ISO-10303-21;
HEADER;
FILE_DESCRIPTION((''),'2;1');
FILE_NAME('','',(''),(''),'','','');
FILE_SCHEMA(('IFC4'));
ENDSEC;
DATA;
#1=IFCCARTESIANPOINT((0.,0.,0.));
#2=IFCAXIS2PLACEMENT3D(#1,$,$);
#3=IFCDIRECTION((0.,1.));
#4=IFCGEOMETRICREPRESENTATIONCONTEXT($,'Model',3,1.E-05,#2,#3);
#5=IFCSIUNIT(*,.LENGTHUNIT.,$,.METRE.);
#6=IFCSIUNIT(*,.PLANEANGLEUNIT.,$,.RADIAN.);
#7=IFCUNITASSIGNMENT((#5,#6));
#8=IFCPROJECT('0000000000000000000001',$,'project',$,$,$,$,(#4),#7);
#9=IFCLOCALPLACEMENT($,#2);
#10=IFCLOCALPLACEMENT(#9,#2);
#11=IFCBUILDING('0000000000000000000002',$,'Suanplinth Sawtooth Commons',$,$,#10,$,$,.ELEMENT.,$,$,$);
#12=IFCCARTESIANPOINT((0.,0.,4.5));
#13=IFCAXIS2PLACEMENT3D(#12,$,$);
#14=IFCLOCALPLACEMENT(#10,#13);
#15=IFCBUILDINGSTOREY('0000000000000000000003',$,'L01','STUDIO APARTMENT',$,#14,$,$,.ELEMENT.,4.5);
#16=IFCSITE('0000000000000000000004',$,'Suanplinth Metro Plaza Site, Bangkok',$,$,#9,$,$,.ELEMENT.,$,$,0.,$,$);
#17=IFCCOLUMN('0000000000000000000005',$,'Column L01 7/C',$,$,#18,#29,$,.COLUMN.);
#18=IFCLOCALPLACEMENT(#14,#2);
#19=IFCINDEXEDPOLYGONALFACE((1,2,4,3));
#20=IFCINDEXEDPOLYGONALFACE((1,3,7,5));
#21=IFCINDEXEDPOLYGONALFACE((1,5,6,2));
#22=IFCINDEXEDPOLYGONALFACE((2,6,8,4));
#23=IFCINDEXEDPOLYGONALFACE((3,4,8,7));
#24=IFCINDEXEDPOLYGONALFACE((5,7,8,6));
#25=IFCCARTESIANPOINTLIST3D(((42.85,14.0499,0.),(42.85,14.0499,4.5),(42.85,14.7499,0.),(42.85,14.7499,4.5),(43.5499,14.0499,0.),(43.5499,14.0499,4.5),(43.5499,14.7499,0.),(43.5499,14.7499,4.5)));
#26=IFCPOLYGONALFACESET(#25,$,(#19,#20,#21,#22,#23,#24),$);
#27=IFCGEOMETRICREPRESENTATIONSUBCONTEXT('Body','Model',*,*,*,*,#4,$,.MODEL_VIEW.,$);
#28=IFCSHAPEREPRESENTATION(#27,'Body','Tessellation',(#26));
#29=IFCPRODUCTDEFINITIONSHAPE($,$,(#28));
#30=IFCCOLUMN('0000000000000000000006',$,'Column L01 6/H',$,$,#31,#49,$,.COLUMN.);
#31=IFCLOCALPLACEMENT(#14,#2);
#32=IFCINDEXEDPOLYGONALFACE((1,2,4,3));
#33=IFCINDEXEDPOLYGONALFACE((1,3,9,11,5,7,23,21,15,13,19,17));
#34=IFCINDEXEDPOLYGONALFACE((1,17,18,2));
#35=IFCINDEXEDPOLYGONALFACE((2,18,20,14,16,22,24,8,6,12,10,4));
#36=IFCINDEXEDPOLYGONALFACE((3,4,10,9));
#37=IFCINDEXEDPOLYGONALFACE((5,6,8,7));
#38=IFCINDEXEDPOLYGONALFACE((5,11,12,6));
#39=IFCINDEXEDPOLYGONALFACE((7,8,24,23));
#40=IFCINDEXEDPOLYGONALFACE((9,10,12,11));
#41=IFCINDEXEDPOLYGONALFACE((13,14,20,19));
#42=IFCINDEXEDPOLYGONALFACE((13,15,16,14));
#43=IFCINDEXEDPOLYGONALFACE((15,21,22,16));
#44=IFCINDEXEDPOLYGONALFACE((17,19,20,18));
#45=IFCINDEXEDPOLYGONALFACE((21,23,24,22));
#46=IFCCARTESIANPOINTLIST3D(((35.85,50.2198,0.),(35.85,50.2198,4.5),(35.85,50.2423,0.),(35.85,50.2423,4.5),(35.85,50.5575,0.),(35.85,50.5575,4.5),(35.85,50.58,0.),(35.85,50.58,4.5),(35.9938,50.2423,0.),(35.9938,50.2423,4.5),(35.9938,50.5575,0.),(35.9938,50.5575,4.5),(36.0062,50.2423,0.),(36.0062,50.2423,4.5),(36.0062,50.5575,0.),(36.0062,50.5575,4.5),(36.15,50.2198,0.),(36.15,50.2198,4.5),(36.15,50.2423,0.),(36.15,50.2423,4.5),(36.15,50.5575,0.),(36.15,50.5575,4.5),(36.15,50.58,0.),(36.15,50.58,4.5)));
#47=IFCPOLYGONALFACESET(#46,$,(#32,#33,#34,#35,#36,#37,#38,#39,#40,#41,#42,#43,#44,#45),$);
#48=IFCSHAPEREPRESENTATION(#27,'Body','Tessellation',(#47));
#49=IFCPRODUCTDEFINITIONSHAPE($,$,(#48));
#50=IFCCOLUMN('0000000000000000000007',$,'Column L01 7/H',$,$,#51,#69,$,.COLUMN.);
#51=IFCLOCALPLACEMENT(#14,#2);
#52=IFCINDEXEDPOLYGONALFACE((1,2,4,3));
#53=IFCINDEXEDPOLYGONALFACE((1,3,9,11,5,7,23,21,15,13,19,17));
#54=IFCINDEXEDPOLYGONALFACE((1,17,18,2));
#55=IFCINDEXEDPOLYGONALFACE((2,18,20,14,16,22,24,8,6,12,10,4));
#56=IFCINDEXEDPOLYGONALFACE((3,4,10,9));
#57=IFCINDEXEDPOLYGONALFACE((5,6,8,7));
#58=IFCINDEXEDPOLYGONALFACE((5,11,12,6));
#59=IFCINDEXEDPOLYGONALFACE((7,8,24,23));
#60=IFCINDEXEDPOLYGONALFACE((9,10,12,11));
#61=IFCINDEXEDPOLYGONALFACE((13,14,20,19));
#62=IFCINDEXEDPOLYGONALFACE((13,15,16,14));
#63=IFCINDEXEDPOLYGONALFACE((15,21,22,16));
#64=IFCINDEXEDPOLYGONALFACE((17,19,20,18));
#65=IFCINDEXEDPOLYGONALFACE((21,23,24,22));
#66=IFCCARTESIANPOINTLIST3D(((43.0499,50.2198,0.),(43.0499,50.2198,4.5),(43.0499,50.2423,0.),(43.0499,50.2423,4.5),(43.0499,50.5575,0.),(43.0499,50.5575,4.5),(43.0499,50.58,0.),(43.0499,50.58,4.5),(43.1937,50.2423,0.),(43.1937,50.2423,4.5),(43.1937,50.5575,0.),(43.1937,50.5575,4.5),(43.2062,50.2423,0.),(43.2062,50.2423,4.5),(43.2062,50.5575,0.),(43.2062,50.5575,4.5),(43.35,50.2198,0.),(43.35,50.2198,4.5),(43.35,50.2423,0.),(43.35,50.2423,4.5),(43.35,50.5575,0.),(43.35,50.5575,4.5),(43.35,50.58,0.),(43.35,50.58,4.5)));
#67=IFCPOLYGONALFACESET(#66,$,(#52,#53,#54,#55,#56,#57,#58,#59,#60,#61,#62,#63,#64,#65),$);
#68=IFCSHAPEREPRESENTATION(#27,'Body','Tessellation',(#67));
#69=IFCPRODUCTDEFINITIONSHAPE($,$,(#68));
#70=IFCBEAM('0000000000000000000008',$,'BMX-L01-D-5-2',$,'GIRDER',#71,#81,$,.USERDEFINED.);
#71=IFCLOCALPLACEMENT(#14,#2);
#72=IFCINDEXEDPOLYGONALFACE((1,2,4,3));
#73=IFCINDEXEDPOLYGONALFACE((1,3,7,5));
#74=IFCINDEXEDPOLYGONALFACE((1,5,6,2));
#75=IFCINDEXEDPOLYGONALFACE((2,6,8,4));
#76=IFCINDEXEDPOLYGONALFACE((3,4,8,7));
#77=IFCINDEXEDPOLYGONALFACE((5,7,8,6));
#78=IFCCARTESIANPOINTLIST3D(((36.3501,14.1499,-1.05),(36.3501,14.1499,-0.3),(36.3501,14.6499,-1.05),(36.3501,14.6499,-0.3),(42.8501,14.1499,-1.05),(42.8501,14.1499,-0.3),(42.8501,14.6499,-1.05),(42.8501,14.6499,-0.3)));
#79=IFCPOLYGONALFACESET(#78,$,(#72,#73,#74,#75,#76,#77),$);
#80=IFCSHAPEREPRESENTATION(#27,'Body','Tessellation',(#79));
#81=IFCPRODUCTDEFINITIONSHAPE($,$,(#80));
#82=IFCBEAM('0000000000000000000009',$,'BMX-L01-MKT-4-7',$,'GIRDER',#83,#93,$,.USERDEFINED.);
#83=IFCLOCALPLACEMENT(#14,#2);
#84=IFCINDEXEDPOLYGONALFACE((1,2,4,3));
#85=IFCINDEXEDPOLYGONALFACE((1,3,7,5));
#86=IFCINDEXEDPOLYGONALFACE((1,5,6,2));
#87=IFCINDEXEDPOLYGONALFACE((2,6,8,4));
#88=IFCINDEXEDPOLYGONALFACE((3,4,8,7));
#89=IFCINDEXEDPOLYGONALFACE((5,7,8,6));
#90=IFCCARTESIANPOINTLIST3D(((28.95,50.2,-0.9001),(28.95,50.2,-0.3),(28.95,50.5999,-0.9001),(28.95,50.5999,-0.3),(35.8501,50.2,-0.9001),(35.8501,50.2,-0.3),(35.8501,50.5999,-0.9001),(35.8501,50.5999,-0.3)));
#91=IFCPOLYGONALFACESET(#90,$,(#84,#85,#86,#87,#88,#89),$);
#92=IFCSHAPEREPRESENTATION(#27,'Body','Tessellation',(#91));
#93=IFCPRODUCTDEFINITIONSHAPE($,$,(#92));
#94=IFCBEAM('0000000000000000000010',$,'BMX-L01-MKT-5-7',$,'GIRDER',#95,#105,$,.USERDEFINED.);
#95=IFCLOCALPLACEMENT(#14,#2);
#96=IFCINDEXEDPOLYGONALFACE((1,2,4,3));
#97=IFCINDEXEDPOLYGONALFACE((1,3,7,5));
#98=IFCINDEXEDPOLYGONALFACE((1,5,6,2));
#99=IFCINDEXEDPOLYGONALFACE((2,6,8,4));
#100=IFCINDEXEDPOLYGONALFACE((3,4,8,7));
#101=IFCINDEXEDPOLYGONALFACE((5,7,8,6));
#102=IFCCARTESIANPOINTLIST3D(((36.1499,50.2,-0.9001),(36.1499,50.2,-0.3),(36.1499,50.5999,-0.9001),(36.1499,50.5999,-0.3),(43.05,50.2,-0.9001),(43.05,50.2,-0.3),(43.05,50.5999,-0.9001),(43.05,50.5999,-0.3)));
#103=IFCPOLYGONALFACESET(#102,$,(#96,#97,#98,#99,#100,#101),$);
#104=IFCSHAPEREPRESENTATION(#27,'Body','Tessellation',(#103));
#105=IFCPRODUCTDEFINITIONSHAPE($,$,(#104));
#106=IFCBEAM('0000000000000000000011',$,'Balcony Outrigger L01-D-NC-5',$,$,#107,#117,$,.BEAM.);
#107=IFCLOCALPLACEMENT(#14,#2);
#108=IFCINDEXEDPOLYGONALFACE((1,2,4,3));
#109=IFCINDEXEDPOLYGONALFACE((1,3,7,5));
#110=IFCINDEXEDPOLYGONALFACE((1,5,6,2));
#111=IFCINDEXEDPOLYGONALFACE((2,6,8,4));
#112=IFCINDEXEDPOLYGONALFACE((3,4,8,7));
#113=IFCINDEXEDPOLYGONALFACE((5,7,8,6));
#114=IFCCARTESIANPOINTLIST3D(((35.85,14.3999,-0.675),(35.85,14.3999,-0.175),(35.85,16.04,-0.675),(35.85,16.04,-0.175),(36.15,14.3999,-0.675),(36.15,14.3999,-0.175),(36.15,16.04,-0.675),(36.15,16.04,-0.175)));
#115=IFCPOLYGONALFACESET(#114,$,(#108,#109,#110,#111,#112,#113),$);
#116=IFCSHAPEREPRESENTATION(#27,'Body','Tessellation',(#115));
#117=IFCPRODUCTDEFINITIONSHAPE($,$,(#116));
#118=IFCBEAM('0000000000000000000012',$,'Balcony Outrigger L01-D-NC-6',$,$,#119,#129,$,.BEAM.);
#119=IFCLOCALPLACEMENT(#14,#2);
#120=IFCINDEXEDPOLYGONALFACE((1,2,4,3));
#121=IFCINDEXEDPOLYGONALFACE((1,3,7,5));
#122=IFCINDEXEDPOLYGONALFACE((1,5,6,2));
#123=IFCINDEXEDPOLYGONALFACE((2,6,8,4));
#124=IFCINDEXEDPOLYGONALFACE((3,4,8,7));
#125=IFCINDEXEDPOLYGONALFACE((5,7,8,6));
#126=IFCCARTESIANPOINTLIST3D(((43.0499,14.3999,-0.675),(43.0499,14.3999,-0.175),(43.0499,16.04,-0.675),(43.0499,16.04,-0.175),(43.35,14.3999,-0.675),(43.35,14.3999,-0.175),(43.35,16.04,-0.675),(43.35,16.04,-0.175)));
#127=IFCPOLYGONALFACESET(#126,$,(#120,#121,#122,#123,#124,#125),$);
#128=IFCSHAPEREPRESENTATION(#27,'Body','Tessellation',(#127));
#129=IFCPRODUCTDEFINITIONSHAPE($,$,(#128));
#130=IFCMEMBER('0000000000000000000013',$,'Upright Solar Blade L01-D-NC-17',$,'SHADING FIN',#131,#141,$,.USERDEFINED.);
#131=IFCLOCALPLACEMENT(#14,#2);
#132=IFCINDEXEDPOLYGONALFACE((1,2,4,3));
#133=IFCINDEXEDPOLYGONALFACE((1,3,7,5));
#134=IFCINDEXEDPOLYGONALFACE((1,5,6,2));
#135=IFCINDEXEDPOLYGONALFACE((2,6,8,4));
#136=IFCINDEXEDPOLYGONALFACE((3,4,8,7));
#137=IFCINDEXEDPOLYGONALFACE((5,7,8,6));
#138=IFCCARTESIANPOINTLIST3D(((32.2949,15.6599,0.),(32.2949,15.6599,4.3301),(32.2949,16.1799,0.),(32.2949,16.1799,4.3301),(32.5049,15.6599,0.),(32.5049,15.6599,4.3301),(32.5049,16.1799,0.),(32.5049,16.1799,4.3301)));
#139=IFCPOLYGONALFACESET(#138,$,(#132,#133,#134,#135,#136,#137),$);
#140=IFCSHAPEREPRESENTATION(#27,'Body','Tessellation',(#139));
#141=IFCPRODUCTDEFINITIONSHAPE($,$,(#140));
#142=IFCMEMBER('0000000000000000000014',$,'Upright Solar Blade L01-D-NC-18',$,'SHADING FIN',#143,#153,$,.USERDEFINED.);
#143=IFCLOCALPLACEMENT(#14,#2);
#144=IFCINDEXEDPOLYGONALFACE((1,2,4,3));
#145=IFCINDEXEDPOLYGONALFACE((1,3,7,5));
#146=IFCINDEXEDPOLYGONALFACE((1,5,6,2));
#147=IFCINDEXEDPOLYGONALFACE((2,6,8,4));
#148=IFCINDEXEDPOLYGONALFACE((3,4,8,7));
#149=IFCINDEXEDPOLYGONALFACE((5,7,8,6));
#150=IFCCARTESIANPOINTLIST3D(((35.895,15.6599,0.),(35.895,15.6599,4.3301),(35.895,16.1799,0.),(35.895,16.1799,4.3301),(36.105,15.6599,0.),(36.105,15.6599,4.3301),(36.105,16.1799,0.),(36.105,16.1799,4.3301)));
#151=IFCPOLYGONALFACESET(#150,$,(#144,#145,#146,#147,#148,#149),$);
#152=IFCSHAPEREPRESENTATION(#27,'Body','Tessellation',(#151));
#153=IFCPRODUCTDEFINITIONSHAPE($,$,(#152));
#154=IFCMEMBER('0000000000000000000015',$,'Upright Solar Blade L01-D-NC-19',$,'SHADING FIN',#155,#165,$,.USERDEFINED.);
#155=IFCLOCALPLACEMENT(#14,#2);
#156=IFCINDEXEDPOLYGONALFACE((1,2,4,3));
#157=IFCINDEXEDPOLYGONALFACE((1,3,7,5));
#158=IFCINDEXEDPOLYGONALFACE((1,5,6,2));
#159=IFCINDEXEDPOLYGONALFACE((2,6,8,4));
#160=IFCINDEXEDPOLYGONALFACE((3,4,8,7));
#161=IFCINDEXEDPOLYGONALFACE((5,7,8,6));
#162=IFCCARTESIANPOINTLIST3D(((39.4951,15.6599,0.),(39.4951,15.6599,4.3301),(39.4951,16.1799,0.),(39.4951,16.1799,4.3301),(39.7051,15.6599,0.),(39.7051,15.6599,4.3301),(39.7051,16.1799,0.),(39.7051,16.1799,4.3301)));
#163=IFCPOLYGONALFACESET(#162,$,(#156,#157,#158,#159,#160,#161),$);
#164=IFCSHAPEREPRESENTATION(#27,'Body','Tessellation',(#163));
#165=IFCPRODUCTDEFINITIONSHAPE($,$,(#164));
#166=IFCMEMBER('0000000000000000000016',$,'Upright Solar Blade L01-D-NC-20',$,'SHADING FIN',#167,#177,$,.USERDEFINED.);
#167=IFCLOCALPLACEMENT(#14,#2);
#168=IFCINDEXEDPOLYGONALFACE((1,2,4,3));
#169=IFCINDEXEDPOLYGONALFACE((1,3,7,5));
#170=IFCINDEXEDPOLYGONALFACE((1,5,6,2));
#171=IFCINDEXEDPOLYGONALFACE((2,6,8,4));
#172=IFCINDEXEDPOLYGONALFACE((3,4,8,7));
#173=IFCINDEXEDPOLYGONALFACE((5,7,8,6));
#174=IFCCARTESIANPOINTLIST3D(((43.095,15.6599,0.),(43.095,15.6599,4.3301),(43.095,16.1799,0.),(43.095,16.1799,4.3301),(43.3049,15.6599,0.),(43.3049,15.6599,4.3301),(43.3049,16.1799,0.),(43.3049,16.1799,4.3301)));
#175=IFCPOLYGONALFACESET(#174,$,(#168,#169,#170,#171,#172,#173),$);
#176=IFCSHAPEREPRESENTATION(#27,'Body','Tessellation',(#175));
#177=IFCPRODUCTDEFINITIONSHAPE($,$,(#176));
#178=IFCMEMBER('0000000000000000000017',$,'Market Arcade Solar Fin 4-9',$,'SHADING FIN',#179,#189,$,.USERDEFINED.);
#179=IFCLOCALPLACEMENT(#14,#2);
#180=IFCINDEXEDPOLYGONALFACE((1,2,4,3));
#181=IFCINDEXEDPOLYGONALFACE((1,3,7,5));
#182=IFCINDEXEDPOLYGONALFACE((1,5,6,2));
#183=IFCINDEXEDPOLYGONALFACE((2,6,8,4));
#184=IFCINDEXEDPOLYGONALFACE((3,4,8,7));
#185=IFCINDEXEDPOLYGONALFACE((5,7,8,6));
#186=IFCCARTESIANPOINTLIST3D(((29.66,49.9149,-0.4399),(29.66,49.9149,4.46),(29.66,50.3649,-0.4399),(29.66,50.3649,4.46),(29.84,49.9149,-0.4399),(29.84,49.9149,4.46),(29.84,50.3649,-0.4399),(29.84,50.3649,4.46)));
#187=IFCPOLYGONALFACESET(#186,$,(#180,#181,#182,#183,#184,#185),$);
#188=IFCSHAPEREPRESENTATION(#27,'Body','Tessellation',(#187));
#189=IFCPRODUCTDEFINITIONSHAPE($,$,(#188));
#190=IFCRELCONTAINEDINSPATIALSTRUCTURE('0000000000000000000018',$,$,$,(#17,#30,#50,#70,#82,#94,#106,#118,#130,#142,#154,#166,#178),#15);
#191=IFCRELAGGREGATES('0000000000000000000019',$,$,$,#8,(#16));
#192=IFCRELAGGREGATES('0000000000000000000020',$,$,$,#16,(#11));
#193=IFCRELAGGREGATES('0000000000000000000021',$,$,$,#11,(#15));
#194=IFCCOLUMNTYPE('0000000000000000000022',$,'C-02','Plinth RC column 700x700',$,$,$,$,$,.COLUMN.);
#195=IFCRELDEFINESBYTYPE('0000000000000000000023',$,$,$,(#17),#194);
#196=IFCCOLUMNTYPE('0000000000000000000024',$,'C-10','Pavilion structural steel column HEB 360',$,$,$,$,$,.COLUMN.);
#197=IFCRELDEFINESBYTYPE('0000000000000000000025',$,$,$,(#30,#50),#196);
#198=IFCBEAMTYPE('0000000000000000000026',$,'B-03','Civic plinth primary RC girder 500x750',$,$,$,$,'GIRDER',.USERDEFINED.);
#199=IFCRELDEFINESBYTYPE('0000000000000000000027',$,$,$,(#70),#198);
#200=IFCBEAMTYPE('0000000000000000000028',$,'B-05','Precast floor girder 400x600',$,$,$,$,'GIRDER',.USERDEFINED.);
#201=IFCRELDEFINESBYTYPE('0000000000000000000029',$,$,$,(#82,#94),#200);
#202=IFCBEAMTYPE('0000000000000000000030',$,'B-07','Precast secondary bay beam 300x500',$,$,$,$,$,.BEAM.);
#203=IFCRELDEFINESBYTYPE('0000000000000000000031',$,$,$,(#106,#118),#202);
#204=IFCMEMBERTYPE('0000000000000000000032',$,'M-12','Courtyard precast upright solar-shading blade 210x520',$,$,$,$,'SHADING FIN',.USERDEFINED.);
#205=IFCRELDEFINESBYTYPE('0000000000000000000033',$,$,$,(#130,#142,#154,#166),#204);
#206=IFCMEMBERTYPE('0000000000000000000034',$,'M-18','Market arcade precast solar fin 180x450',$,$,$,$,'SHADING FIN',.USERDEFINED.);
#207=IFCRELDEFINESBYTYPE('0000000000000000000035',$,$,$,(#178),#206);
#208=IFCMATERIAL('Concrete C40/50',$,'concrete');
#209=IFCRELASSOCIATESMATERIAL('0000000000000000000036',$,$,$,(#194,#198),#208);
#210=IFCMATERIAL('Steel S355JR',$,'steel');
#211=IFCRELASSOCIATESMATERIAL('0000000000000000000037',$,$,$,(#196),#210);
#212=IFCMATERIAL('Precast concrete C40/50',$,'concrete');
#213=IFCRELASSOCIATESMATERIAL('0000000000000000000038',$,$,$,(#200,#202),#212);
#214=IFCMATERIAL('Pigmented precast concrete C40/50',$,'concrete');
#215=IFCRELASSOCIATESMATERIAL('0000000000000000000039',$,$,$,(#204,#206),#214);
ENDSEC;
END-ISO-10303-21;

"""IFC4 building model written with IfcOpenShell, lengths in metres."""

from ifc_helpers import new_model, si_unit, direction, frame, origin, origin_2d, place, context, subcontext, project, spatial, rectangle, i_section, extrude, material, material_profile, profile_set, type_object, element, save


model = new_model("IFC4")

# Units and contexts
model_context = context("Model", 3, precision=1e-05, world=origin(), true_north=direction((0.0, 1.0)))
body_context = subcontext(model_context, "Body", "Model", "MODEL_VIEW")
ifc_project = project(units=[si_unit("LENGTHUNIT", "METRE"), si_unit("PLANEANGLEUNIT", "RADIAN")], contexts=[model_context])

# Site, building, storey
site_placement = place(None, origin())
site = spatial("IfcSite", under=ifc_project, at=site_placement, Name="Suanplinth Metro Plaza Site, Bangkok", CompositionType="ELEMENT", RefElevation=0.0)
building_placement = place(site_placement, origin())
building = spatial("IfcBuilding", under=site, at=building_placement, Name="Suanplinth Sawtooth Commons", CompositionType="ELEMENT")
storey_placement = place(building_placement, frame((0.0, 0.0, 4.5)))
storey = spatial("IfcBuildingStorey", under=building, at=storey_placement, Name="L01", Description="STUDIO APARTMENT", CompositionType="ELEMENT", Elevation=4.5)

# Columns
ifc_material_1 = material(Name="Concrete C40/50", Category="concrete")
ifc_material_profile_1 = material_profile(ifc_material_1, rectangle(XDim=0.7, YDim=0.7, at=origin_2d()), Name="RC-COL 700x700")
ifc_profile_set_1 = profile_set([ifc_material_profile_1], Name="Concrete C40/50")
column_type_1 = type_object("IfcColumnType", Name="C-02", Description="Plinth RC column 700x700", PredefinedType="COLUMN", material=ifc_profile_set_1)
column_placement = place(storey_placement, frame((43.2, 14.3999, 0.0), z_axis=(0.0, 0.0, 1.0), x_axis=(1.0, 0.0, 0.0)))
element("IfcColumn", 1, at=column_placement, inside=storey, type_object=column_type_1, Name="Column L01 7/C", PredefinedType="COLUMN", context=body_context, shape_type="SweptSolid", body=[
    extrude(rectangle(XDim=0.7, YDim=0.7, at=origin_2d()), origin(), (0.0, 0.0, 1.0), 4.5),
])
ifc_material_2 = material(Name="Steel S355JR", Category="steel")
ifc_material_profile_2 = material_profile(ifc_material_2, i_section(OverallWidth=0.3, OverallDepth=0.3601, WebThickness=0.0125, FlangeThickness=0.0225, at=origin_2d()), Name="HEB 360")
ifc_profile_set_2 = profile_set([ifc_material_profile_2], Name="Steel S355JR")
column_type_2 = type_object("IfcColumnType", Name="C-10", Description="Pavilion structural steel column HEB 360", PredefinedType="COLUMN", material=ifc_profile_set_2)
for number, where, z_axis, x_axis, name in (
    (2, (36.0, 50.3999, 0.0), (0.0, 0.0, 1.0), (1.0, 0.0, 0.0), "Column L01 6/H"),
    (3, (43.2, 50.3999, 0.0), (0.0, 0.0, 1.0), (1.0, 0.0, 0.0), "Column L01 7/H"),
):
    element("IfcColumn", number, at=place(storey_placement, frame(where, z_axis=z_axis, x_axis=x_axis)), inside=storey, type_object=column_type_2, Name=name, PredefinedType="COLUMN", context=body_context, shape_type="SweptSolid", body=[
        extrude(i_section(OverallWidth=0.3, OverallDepth=0.3601, WebThickness=0.0125, FlangeThickness=0.0225, at=origin_2d()), origin(), (0.0, 0.0, 1.0), 4.5),
    ])

# Beams
ifc_material_profile_3 = material_profile(ifc_material_1, rectangle(XDim=0.5, YDim=0.75, at=origin_2d()), Name="RC-GDR 500x750")
ifc_profile_set_3 = profile_set([ifc_material_profile_3], Name="Concrete C40/50")
beam_type_1 = type_object("IfcBeamType", Name="B-03", Description="Civic plinth primary RC girder 500x750", ElementType="GIRDER", PredefinedType="USERDEFINED", material=ifc_profile_set_3)
beam_placement = place(storey_placement, frame((36.3501, 14.3999, -0.675), z_axis=(1.0, 0.0, 0.0), x_axis=(0.0, 1.0, 0.0)))
element("IfcBeam", 4, at=beam_placement, inside=storey, type_object=beam_type_1, Name="BMX-L01-D-5-2", ObjectType="GIRDER", PredefinedType="USERDEFINED", context=body_context, shape_type="SweptSolid", body=[
    extrude(rectangle(XDim=0.5, YDim=0.75, at=origin_2d()), origin(), (0.0, 0.0, 1.0), 6.5),
])
ifc_material_3 = material(Name="Precast concrete C40/50", Category="concrete")
ifc_material_profile_4 = material_profile(ifc_material_3, rectangle(XDim=0.3999, YDim=0.6001, at=origin_2d()), Name="PC-GDR 400x600")
ifc_profile_set_4 = profile_set([ifc_material_profile_4], Name="Precast concrete C40/50")
beam_type_2 = type_object("IfcBeamType", Name="B-05", Description="Precast floor girder 400x600", ElementType="GIRDER", PredefinedType="USERDEFINED", material=ifc_profile_set_4)
for number, where, z_axis, x_axis, name in (
    (5, (28.95, 50.3999, -0.6001), (1.0, 0.0, 0.0), (0.0, 1.0, 0.0), "BMX-L01-MKT-4-7"),
    (6, (36.1499, 50.3999, -0.6001), (1.0, 0.0, 0.0), (0.0, 1.0, 0.0), "BMX-L01-MKT-5-7"),
):
    element("IfcBeam", number, at=place(storey_placement, frame(where, z_axis=z_axis, x_axis=x_axis)), inside=storey, type_object=beam_type_2, Name=name, ObjectType="GIRDER", PredefinedType="USERDEFINED", context=body_context, shape_type="SweptSolid", body=[
        extrude(rectangle(XDim=0.3999, YDim=0.6001, at=origin_2d()), origin(), (0.0, 0.0, 1.0), 6.9001),
    ])
ifc_material_profile_5 = material_profile(ifc_material_3, rectangle(XDim=0.3, YDim=0.5, at=origin_2d()), Name="PC-BM 300x500")
ifc_profile_set_5 = profile_set([ifc_material_profile_5], Name="Precast concrete C40/50")
beam_type_3 = type_object("IfcBeamType", Name="B-07", Description="Precast secondary bay beam 300x500", PredefinedType="BEAM", material=ifc_profile_set_5)
for number, where, z_axis, x_axis, name in (
    (7, (36.0, 14.3999, -0.425), (0.0, 1.0, 0.0), (-1.0, 0.0, 0.0), "Balcony Outrigger L01-D-NC-5"),
    (8, (43.2, 14.3999, -0.425), (0.0, 1.0, 0.0), (-1.0, 0.0, 0.0), "Balcony Outrigger L01-D-NC-6"),
):
    element("IfcBeam", number, at=place(storey_placement, frame(where, z_axis=z_axis, x_axis=x_axis)), inside=storey, type_object=beam_type_3, Name=name, PredefinedType="BEAM", context=body_context, shape_type="SweptSolid", body=[
        extrude(rectangle(XDim=0.3, YDim=0.5, at=origin_2d()), origin(), (0.0, 0.0, 1.0), 1.6401),
    ])

# Members
ifc_material_4 = material(Name="Pigmented precast concrete C40/50", Category="concrete")
ifc_material_profile_6 = material_profile(ifc_material_4, rectangle(XDim=0.21, YDim=0.52, at=origin_2d()), Name="PC-FIN 210x520")
ifc_profile_set_6 = profile_set([ifc_material_profile_6], Name="Pigmented precast concrete C40/50")
member_type_1 = type_object("IfcMemberType", Name="M-12", Description="Courtyard precast upright solar-shading blade 210x520", ElementType="SHADING FIN", PredefinedType="USERDEFINED", material=ifc_profile_set_6)
for number, where, z_axis, x_axis, name in (
    (9, (32.3999, 15.9199, 0.0), (0.0, 0.0, 1.0), (1.0, 0.0, 0.0), "Upright Solar Blade L01-D-NC-17"),
    (10, (36.0, 15.9199, 0.0), (0.0, 0.0, 1.0), (1.0, 0.0, 0.0), "Upright Solar Blade L01-D-NC-18"),
    (11, (39.6001, 15.9199, 0.0), (0.0, 0.0, 1.0), (1.0, 0.0, 0.0), "Upright Solar Blade L01-D-NC-19"),
    (12, (43.2, 15.9199, 0.0), (0.0, 0.0, 1.0), (1.0, 0.0, 0.0), "Upright Solar Blade L01-D-NC-20"),
):
    element("IfcMember", number, at=place(storey_placement, frame(where, z_axis=z_axis, x_axis=x_axis)), inside=storey, type_object=member_type_1, Name=name, ObjectType="SHADING FIN", PredefinedType="USERDEFINED", context=body_context, shape_type="SweptSolid", body=[
        extrude(rectangle(XDim=0.21, YDim=0.52, at=origin_2d()), origin(), (0.0, 0.0, 1.0), 4.3301),
    ])
ifc_material_profile_7 = material_profile(ifc_material_4, rectangle(XDim=0.1799, YDim=0.45, at=origin_2d()), Name="PC-FIN 180x450")
ifc_profile_set_7 = profile_set([ifc_material_profile_7], Name="Pigmented precast concrete C40/50")
member_type_2 = type_object("IfcMemberType", Name="M-18", Description="Market arcade precast solar fin 180x450", ElementType="SHADING FIN", PredefinedType="USERDEFINED", material=ifc_profile_set_7)
for number, where, z_axis, x_axis, name in (
    (13, (29.75, 50.1399, -0.4399), (0.0, 0.0, 1.0), (1.0, 0.0, 0.0), "Market Arcade Solar Fin 4-9"),
):
    element("IfcMember", number, at=place(storey_placement, frame(where, z_axis=z_axis, x_axis=x_axis)), inside=storey, type_object=member_type_2, Name=name, ObjectType="SHADING FIN", PredefinedType="USERDEFINED", context=body_context, shape_type="SweptSolid", body=[
        extrude(rectangle(XDim=0.1799, YDim=0.45, at=origin_2d()), origin(), (0.0, 0.0, 1.0), 4.8999),
    ])

save(model, "model.ifc")
